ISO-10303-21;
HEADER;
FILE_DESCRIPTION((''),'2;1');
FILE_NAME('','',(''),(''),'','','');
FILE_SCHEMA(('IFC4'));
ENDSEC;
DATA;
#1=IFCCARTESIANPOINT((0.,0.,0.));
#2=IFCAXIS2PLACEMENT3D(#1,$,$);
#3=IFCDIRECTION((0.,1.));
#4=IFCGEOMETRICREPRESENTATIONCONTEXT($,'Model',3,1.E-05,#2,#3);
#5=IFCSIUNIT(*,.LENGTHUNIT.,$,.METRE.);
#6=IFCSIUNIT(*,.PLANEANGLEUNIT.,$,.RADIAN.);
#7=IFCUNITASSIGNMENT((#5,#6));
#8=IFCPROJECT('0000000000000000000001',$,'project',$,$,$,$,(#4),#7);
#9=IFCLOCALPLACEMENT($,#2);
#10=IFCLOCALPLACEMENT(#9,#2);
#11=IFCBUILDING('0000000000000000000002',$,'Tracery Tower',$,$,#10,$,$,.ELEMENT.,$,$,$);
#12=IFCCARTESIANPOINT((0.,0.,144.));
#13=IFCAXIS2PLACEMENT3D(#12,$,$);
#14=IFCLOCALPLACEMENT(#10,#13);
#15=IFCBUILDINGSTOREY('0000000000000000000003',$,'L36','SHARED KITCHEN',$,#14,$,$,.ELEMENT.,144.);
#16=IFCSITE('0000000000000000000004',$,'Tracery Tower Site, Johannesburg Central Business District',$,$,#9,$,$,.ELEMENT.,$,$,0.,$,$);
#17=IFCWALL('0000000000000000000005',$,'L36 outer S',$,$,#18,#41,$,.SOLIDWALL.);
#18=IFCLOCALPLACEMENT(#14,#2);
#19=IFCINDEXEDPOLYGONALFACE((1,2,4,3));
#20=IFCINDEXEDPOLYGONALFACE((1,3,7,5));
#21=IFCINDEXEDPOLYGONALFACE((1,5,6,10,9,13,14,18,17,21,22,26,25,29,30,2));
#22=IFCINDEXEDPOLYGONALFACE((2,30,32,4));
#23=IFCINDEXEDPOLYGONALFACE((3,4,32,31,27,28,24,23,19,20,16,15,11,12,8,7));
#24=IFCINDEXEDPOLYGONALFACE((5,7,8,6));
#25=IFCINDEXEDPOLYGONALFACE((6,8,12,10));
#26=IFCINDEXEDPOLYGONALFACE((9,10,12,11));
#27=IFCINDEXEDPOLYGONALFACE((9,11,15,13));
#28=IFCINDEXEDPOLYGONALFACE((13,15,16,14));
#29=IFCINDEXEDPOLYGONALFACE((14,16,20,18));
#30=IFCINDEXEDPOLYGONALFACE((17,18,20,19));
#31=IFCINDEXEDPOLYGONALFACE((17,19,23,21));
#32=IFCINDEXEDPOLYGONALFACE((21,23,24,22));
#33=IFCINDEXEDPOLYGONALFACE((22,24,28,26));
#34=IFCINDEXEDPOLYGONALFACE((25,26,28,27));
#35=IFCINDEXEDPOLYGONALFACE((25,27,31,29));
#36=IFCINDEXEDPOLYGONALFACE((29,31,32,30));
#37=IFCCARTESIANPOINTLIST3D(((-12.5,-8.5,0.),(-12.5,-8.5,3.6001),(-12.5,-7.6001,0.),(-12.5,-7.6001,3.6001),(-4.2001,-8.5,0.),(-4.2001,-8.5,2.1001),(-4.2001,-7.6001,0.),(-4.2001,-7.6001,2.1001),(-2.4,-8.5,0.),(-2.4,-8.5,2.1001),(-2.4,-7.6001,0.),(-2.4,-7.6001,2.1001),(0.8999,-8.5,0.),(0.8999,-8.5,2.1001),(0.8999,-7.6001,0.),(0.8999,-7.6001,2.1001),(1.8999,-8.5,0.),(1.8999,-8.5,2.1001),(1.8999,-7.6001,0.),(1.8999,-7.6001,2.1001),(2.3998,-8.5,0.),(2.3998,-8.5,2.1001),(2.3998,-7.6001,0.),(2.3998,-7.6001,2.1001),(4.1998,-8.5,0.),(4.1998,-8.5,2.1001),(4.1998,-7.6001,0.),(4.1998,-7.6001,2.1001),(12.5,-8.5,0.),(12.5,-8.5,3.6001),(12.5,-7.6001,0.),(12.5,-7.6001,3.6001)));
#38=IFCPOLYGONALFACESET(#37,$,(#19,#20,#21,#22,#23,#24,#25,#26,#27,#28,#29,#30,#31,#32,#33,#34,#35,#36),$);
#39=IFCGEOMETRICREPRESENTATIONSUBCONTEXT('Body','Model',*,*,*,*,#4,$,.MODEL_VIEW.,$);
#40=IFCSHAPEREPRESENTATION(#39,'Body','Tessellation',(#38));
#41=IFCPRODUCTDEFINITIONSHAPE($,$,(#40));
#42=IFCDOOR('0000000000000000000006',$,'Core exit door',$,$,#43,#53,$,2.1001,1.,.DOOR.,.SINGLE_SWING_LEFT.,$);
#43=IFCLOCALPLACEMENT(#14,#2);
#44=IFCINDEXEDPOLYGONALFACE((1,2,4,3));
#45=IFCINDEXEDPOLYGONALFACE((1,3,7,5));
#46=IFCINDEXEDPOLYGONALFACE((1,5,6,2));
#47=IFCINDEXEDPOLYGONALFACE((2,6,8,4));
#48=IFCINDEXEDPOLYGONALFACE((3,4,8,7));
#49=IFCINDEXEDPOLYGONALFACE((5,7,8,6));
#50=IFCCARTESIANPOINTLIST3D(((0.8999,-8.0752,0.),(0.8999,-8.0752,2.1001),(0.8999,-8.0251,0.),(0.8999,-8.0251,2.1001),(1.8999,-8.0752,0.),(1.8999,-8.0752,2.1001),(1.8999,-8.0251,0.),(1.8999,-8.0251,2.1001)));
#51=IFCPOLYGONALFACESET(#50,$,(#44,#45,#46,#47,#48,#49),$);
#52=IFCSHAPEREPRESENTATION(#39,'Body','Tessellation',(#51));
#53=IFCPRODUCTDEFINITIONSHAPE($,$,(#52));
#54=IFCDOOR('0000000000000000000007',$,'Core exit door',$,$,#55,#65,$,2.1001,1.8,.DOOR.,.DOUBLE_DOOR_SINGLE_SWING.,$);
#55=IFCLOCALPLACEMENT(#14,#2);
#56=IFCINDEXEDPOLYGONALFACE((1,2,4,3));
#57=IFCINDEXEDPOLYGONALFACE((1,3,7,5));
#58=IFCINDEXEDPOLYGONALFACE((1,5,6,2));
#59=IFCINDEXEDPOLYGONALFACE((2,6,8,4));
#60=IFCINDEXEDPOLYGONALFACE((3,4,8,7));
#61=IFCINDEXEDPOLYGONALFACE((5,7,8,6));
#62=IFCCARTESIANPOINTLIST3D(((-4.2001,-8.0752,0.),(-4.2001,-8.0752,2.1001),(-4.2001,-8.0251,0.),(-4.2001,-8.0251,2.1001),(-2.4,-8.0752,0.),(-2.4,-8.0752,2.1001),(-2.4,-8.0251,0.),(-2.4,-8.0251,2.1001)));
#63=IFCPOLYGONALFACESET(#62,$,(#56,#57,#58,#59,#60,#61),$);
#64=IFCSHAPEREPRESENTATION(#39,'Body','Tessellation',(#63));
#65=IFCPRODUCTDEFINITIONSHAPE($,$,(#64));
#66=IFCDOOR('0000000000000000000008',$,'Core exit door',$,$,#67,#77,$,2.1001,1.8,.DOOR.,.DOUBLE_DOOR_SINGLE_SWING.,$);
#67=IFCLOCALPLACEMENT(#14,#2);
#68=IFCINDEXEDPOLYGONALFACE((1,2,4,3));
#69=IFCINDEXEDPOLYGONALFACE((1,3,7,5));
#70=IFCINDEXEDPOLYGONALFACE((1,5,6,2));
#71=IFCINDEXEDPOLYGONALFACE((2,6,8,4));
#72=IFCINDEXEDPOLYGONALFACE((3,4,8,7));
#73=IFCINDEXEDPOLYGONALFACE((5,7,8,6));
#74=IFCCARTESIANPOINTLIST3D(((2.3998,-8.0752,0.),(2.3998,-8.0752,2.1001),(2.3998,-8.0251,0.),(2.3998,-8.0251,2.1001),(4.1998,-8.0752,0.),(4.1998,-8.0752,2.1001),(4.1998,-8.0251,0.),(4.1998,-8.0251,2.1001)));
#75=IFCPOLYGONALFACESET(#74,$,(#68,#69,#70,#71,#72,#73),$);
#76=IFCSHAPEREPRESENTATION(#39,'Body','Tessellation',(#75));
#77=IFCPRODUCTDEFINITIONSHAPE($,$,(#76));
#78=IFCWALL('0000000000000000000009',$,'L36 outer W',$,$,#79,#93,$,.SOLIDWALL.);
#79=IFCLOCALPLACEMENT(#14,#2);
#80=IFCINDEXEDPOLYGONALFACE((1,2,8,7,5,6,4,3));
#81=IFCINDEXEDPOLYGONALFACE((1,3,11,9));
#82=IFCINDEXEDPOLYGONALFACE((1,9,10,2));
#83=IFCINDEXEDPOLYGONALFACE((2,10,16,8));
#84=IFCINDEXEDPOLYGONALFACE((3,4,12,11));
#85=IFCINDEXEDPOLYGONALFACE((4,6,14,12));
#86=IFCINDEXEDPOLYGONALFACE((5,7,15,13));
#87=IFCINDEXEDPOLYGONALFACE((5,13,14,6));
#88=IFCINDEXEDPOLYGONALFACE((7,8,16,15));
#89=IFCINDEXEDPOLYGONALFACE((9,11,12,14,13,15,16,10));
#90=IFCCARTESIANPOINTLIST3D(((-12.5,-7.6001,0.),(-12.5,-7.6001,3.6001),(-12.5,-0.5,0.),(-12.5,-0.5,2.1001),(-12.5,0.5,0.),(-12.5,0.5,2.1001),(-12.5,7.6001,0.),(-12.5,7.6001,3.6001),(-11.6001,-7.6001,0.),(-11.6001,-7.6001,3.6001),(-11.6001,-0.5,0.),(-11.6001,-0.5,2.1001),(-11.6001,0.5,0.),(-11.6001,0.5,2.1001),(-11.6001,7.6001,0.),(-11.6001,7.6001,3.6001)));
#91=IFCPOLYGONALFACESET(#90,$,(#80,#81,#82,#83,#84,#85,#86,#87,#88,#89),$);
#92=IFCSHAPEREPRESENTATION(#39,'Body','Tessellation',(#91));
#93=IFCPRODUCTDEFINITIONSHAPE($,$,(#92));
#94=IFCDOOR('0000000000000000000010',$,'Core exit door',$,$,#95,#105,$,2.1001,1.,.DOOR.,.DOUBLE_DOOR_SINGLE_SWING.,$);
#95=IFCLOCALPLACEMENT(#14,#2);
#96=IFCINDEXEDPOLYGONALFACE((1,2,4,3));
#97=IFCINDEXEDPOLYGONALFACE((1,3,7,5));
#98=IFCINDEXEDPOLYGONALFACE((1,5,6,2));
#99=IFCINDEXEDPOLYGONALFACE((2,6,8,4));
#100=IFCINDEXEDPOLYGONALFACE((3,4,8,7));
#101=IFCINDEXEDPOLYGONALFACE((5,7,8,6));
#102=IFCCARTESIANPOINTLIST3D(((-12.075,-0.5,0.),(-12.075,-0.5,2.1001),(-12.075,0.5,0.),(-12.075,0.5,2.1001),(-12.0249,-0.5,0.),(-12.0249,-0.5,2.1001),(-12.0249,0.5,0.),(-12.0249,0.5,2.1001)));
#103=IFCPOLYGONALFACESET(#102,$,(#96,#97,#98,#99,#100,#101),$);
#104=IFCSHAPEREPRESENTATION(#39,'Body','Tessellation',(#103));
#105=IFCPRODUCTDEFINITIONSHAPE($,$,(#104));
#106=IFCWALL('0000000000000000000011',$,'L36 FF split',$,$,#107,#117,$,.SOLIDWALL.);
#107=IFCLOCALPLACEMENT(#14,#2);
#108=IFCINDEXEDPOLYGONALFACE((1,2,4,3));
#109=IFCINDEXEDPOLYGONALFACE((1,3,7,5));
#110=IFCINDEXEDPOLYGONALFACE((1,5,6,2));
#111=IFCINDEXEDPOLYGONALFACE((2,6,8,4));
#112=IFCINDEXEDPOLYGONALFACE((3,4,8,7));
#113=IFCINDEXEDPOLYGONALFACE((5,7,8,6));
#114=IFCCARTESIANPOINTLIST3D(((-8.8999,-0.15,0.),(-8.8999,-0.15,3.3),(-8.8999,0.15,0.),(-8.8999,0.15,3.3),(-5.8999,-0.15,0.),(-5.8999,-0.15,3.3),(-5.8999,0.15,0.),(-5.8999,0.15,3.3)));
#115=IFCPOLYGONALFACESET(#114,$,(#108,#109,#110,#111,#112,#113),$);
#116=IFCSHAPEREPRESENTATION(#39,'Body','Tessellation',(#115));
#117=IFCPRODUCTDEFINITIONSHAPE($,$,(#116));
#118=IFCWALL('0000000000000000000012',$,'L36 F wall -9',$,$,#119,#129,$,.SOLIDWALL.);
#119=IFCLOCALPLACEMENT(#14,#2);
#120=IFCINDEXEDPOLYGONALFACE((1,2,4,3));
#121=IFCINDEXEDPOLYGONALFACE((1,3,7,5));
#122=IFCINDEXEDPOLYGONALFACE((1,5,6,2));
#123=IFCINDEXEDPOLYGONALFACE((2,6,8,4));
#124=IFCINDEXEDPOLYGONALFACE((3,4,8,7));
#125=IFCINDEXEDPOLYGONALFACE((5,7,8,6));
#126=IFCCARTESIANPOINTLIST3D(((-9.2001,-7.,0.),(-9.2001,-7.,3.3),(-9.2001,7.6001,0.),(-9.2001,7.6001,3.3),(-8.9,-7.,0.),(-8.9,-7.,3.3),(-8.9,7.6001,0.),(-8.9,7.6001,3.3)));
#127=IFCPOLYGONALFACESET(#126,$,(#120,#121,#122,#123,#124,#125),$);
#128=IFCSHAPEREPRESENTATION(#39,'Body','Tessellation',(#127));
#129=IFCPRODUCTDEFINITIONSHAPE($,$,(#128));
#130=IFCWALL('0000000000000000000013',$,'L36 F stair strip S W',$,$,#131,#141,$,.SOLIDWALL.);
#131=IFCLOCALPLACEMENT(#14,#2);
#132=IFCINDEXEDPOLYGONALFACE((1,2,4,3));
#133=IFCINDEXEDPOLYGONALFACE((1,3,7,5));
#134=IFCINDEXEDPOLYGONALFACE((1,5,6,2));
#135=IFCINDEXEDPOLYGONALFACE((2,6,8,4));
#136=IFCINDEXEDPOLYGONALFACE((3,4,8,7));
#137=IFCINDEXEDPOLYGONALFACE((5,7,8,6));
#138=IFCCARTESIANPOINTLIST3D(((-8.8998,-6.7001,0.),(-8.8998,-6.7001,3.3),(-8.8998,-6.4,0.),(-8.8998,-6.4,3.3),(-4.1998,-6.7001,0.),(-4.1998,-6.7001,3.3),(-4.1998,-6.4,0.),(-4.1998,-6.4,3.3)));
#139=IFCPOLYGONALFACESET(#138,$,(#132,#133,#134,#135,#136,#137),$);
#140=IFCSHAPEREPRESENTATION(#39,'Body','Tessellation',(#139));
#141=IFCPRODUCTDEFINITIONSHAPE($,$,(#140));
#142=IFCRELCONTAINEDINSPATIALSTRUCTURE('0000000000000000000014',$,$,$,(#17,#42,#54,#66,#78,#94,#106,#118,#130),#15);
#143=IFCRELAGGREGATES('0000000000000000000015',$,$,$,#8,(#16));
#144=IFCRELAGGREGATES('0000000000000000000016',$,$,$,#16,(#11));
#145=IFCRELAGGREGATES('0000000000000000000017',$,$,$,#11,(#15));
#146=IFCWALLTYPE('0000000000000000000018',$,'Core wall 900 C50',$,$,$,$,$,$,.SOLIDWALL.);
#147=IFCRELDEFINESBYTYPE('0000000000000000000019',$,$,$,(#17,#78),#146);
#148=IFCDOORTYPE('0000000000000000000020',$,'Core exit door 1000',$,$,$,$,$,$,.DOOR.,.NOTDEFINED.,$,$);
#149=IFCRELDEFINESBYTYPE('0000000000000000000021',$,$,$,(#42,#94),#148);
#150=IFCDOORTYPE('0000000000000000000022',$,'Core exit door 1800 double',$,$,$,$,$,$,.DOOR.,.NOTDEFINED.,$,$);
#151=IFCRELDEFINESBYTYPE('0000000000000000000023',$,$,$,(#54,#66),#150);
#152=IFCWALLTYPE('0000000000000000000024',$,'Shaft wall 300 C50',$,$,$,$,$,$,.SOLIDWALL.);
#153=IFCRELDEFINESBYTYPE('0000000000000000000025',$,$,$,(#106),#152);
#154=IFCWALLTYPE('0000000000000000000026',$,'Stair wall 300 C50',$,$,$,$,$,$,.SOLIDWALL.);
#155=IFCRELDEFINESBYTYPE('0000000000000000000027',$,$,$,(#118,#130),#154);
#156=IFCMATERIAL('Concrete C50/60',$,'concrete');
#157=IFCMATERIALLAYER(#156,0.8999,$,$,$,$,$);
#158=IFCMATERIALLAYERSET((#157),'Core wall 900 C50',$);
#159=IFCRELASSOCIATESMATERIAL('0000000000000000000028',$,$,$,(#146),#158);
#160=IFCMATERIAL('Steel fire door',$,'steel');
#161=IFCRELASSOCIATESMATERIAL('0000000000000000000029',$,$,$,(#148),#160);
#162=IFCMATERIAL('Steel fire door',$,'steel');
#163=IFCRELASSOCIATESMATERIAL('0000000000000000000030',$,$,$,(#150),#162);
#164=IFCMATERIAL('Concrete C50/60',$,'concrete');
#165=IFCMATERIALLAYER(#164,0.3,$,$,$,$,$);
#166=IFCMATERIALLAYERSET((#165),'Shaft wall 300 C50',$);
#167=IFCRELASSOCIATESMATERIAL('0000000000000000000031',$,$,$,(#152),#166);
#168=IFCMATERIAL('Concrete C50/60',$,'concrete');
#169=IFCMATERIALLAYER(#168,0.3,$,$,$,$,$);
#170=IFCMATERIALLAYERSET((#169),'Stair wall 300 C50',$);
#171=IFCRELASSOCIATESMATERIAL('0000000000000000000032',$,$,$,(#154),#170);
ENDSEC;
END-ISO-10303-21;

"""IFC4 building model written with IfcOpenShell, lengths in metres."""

from ifc_helpers import new_model, si_unit, direction, frame, frame_2d, origin, place, context, subcontext, project, spatial, rectangle, extrude, material, layer, layer_set, type_object, element, fill, save


model = new_model("IFC4")

# Units and contexts
model_context = context("Model", 3, precision=1e-05, world=origin(), true_north=direction((0.0, 1.0)))
body_context = subcontext(model_context, "Body", "Model", "MODEL_VIEW")
ifc_project = project(units=[si_unit("LENGTHUNIT", "METRE"), si_unit("PLANEANGLEUNIT", "RADIAN")], contexts=[model_context])

# Site, building, storey
site_placement = place(None, origin())
site = spatial("IfcSite", under=ifc_project, at=site_placement, Name="Tracery Tower Site, Johannesburg Central Business District", CompositionType="ELEMENT", RefElevation=0.0)
building_placement = place(site_placement, origin())
building = spatial("IfcBuilding", under=site, at=building_placement, Name="Tracery Tower", CompositionType="ELEMENT")
storey_placement = place(building_placement, frame((0.0, 0.0, 144.0)))
storey = spatial("IfcBuildingStorey", under=building, at=storey_placement, Name="L36", Description="SHARED KITCHEN", CompositionType="ELEMENT", Elevation=144.0)

# Wall, openings, doors
ifc_material_1 = material(Name="Concrete C50/60", Category="concrete")
ifc_layer_1 = layer(ifc_material_1, 0.8999)
ifc_layer_set_1 = layer_set([ifc_layer_1], Name="Core wall 900 C50")
wall_type_1 = type_object("IfcWallType", Name="Core wall 900 C50", PredefinedType="SOLIDWALL", material=ifc_layer_set_1)
wall_1_placement = place(storey_placement, frame((-12.5, -8.05, 0.0), z_axis=(0.0, 0.0, 1.0), x_axis=(1.0, 0.0, 0.0)))
wall_1 = element("IfcWall", 1, at=wall_1_placement, inside=storey, type_object=wall_type_1, Name="L36 outer S", PredefinedType="SOLIDWALL", context=body_context, shape_type="SweptSolid", body=[
    extrude(rectangle(XDim=25.0, YDim=0.8999, at=frame_2d((12.5, 0.0))), origin(), (0.0, 0.0, 1.0), 3.6001),
])
opening_1_placement = place(wall_1_placement, frame((13.3999, 0.0, 0.0)))
opening_1 = element("IfcOpeningElement", 2, at=opening_1_placement, cuts=wall_1, PredefinedType="OPENING", context=body_context, shape_type="SweptSolid", body=[
    extrude(rectangle(XDim=1.0, YDim=2.1001, at=frame_2d((0.5, 1.05))), frame((0.0, 0.45, 0.0), z_axis=(0.0, -1.0, 0.0), x_axis=(1.0, 0.0, 0.0)), (0.0, 0.0, 1.0), 0.8999),
])
opening_2_placement = place(wall_1_placement, frame((8.3, 0.0, 0.0)))
opening_2 = element("IfcOpeningElement", 3, at=opening_2_placement, cuts=wall_1, PredefinedType="OPENING", context=body_context, shape_type="SweptSolid", body=[
    extrude(rectangle(XDim=1.8, YDim=2.1001, at=frame_2d((0.8999, 1.05))), frame((0.0, 0.45, 0.0), z_axis=(0.0, -1.0, 0.0), x_axis=(1.0, 0.0, 0.0)), (0.0, 0.0, 1.0), 0.8999),
])
opening_3_placement = place(wall_1_placement, frame((14.8999, 0.0, 0.0)))
opening_3 = element("IfcOpeningElement", 4, at=opening_3_placement, cuts=wall_1, PredefinedType="OPENING", context=body_context, shape_type="SweptSolid", body=[
    extrude(rectangle(XDim=1.8, YDim=2.1001, at=frame_2d((0.8999, 1.05))), frame((0.0, 0.45, 0.0), z_axis=(0.0, -1.0, 0.0), x_axis=(1.0, 0.0, 0.0)), (0.0, 0.0, 1.0), 0.8999),
])
ifc_material_2 = material(Name="Steel fire door", Category="steel")
door_type_1 = type_object("IfcDoorType", Name="Core exit door 1000", OperationType="NOTDEFINED", PredefinedType="DOOR", material=ifc_material_2)
door_1_placement = place(opening_1_placement, origin())
door_1 = element("IfcDoor", 5, at=door_1_placement, inside=storey, type_object=door_type_1, Name="Core exit door", OperationType="SINGLE_SWING_LEFT", OverallHeight=2.1001, OverallWidth=1.0, PredefinedType="DOOR", context=body_context, shape_type="SweptSolid", body=[
    extrude(rectangle(XDim=1.0, YDim=2.1001, at=frame_2d((0.5, 1.05))), frame((0.0, 0.0249, 0.0), z_axis=(0.0, -1.0, 0.0), x_axis=(1.0, 0.0, 0.0)), (0.0, 0.0, 1.0), 0.05),
])
fill(opening_1, door_1)
ifc_material_3 = material(Name="Steel fire door", Category="steel")
door_type_2 = type_object("IfcDoorType", Name="Core exit door 1800 double", OperationType="NOTDEFINED", PredefinedType="DOOR", material=ifc_material_3)
door_2_placement = place(opening_2_placement, origin())
door_2 = element("IfcDoor", 6, at=door_2_placement, inside=storey, type_object=door_type_2, Name="Core exit door", OperationType="DOUBLE_DOOR_SINGLE_SWING", OverallHeight=2.1001, OverallWidth=1.8, PredefinedType="DOOR", context=body_context, shape_type="SweptSolid", body=[
    extrude(rectangle(XDim=1.8, YDim=2.1001, at=frame_2d((0.8999, 1.05))), frame((0.0, 0.0249, 0.0), z_axis=(0.0, -1.0, 0.0), x_axis=(1.0, 0.0, 0.0)), (0.0, 0.0, 1.0), 0.05),
])
fill(opening_2, door_2)
door_3_placement = place(opening_3_placement, origin())
door_3 = element("IfcDoor", 7, at=door_3_placement, inside=storey, type_object=door_type_2, Name="Core exit door", OperationType="DOUBLE_DOOR_SINGLE_SWING", OverallHeight=2.1001, OverallWidth=1.8, PredefinedType="DOOR", context=body_context, shape_type="SweptSolid", body=[
    extrude(rectangle(XDim=1.8, YDim=2.1001, at=frame_2d((0.8999, 1.05))), frame((0.0, 0.0249, 0.0), z_axis=(0.0, -1.0, 0.0), x_axis=(1.0, 0.0, 0.0)), (0.0, 0.0, 1.0), 0.05),
])
fill(opening_3, door_3)

# Wall, opening, door
wall_2_placement = place(storey_placement, frame((-12.05, -7.6001, 0.0), z_axis=(0.0, 0.0, 1.0), x_axis=(0.0, 1.0, 0.0)))
wall_2 = element("IfcWall", 8, at=wall_2_placement, inside=storey, type_object=wall_type_1, Name="L36 outer W", PredefinedType="SOLIDWALL", context=body_context, shape_type="SweptSolid", body=[
    extrude(rectangle(XDim=15.2002, YDim=0.8999, at=frame_2d((7.6001, 0.0))), origin(), (0.0, 0.0, 1.0), 3.6001),
])
opening_4_placement = place(wall_2_placement, frame((7.1001, 0.0, 0.0)))
opening_4 = element("IfcOpeningElement", 9, at=opening_4_placement, cuts=wall_2, PredefinedType="OPENING", context=body_context, shape_type="SweptSolid", body=[
    extrude(rectangle(XDim=1.0, YDim=2.1001, at=frame_2d((0.5, 1.05))), frame((0.0, 0.45, 0.0), z_axis=(0.0, -1.0, 0.0), x_axis=(1.0, 0.0, 0.0)), (0.0, 0.0, 1.0), 0.8999),
])
door_4_placement = place(opening_4_placement, origin())
door_4 = element("IfcDoor", 10, at=door_4_placement, inside=storey, type_object=door_type_1, Name="Core exit door", OperationType="DOUBLE_DOOR_SINGLE_SWING", OverallHeight=2.1001, OverallWidth=1.0, PredefinedType="DOOR", context=body_context, shape_type="SweptSolid", body=[
    extrude(rectangle(XDim=1.0, YDim=2.1001, at=frame_2d((0.5, 1.05))), frame((0.0, 0.0249, 0.0), z_axis=(0.0, -1.0, 0.0), x_axis=(1.0, 0.0, 0.0)), (0.0, 0.0, 1.0), 0.05),
])
fill(opening_4, door_4)

# Wall
ifc_material_4 = material(Name="Concrete C50/60", Category="concrete")
ifc_layer_2 = layer(ifc_material_4, 0.3)
ifc_layer_set_2 = layer_set([ifc_layer_2], Name="Shaft wall 300 C50")
wall_type_2 = type_object("IfcWallType", Name="Shaft wall 300 C50", PredefinedType="SOLIDWALL", material=ifc_layer_set_2)
wall_3_placement = place(storey_placement, frame((-8.8999, 0.0, 0.0), z_axis=(0.0, 0.0, 1.0), x_axis=(1.0, 0.0, 0.0)))
element("IfcWall", 11, at=wall_3_placement, inside=storey, type_object=wall_type_2, Name="L36 FF split", PredefinedType="SOLIDWALL", context=body_context, shape_type="SweptSolid", body=[
    extrude(rectangle(XDim=3.0, YDim=0.3, at=frame_2d((1.5, 0.0))), origin(), (0.0, 0.0, 1.0), 3.3),
])

# Shared definitions
ifc_material_5 = material(Name="Concrete C50/60", Category="concrete")
ifc_layer_3 = layer(ifc_material_5, 0.3)
ifc_layer_set_3 = layer_set([ifc_layer_3], Name="Stair wall 300 C50")
wall_type_3 = type_object("IfcWallType", Name="Stair wall 300 C50", PredefinedType="SOLIDWALL", material=ifc_layer_set_3)

# Walls
wall_4_placement = place(storey_placement, frame((-9.05, -7.0, 0.0), z_axis=(0.0, 0.0, 1.0), x_axis=(0.0, 1.0, 0.0)))
element("IfcWall", 12, at=wall_4_placement, inside=storey, type_object=wall_type_3, Name="L36 F wall -9", PredefinedType="SOLIDWALL", context=body_context, shape_type="SweptSolid", body=[
    extrude(rectangle(XDim=14.6001, YDim=0.3, at=frame_2d((7.3, 0.0))), origin(), (0.0, 0.0, 1.0), 3.3),
])
wall_5_placement = place(storey_placement, frame((-8.8999, -6.55, 0.0), z_axis=(0.0, 0.0, 1.0), x_axis=(1.0, 0.0, 0.0)))
element("IfcWall", 13, at=wall_5_placement, inside=storey, type_object=wall_type_3, Name="L36 F stair strip S W", PredefinedType="SOLIDWALL", context=body_context, shape_type="SweptSolid", body=[
    extrude(rectangle(XDim=4.7, YDim=0.3, at=frame_2d((2.3501, 0.0))), origin(), (0.0, 0.0, 1.0), 3.3),
])

save(model, "model.ifc")
